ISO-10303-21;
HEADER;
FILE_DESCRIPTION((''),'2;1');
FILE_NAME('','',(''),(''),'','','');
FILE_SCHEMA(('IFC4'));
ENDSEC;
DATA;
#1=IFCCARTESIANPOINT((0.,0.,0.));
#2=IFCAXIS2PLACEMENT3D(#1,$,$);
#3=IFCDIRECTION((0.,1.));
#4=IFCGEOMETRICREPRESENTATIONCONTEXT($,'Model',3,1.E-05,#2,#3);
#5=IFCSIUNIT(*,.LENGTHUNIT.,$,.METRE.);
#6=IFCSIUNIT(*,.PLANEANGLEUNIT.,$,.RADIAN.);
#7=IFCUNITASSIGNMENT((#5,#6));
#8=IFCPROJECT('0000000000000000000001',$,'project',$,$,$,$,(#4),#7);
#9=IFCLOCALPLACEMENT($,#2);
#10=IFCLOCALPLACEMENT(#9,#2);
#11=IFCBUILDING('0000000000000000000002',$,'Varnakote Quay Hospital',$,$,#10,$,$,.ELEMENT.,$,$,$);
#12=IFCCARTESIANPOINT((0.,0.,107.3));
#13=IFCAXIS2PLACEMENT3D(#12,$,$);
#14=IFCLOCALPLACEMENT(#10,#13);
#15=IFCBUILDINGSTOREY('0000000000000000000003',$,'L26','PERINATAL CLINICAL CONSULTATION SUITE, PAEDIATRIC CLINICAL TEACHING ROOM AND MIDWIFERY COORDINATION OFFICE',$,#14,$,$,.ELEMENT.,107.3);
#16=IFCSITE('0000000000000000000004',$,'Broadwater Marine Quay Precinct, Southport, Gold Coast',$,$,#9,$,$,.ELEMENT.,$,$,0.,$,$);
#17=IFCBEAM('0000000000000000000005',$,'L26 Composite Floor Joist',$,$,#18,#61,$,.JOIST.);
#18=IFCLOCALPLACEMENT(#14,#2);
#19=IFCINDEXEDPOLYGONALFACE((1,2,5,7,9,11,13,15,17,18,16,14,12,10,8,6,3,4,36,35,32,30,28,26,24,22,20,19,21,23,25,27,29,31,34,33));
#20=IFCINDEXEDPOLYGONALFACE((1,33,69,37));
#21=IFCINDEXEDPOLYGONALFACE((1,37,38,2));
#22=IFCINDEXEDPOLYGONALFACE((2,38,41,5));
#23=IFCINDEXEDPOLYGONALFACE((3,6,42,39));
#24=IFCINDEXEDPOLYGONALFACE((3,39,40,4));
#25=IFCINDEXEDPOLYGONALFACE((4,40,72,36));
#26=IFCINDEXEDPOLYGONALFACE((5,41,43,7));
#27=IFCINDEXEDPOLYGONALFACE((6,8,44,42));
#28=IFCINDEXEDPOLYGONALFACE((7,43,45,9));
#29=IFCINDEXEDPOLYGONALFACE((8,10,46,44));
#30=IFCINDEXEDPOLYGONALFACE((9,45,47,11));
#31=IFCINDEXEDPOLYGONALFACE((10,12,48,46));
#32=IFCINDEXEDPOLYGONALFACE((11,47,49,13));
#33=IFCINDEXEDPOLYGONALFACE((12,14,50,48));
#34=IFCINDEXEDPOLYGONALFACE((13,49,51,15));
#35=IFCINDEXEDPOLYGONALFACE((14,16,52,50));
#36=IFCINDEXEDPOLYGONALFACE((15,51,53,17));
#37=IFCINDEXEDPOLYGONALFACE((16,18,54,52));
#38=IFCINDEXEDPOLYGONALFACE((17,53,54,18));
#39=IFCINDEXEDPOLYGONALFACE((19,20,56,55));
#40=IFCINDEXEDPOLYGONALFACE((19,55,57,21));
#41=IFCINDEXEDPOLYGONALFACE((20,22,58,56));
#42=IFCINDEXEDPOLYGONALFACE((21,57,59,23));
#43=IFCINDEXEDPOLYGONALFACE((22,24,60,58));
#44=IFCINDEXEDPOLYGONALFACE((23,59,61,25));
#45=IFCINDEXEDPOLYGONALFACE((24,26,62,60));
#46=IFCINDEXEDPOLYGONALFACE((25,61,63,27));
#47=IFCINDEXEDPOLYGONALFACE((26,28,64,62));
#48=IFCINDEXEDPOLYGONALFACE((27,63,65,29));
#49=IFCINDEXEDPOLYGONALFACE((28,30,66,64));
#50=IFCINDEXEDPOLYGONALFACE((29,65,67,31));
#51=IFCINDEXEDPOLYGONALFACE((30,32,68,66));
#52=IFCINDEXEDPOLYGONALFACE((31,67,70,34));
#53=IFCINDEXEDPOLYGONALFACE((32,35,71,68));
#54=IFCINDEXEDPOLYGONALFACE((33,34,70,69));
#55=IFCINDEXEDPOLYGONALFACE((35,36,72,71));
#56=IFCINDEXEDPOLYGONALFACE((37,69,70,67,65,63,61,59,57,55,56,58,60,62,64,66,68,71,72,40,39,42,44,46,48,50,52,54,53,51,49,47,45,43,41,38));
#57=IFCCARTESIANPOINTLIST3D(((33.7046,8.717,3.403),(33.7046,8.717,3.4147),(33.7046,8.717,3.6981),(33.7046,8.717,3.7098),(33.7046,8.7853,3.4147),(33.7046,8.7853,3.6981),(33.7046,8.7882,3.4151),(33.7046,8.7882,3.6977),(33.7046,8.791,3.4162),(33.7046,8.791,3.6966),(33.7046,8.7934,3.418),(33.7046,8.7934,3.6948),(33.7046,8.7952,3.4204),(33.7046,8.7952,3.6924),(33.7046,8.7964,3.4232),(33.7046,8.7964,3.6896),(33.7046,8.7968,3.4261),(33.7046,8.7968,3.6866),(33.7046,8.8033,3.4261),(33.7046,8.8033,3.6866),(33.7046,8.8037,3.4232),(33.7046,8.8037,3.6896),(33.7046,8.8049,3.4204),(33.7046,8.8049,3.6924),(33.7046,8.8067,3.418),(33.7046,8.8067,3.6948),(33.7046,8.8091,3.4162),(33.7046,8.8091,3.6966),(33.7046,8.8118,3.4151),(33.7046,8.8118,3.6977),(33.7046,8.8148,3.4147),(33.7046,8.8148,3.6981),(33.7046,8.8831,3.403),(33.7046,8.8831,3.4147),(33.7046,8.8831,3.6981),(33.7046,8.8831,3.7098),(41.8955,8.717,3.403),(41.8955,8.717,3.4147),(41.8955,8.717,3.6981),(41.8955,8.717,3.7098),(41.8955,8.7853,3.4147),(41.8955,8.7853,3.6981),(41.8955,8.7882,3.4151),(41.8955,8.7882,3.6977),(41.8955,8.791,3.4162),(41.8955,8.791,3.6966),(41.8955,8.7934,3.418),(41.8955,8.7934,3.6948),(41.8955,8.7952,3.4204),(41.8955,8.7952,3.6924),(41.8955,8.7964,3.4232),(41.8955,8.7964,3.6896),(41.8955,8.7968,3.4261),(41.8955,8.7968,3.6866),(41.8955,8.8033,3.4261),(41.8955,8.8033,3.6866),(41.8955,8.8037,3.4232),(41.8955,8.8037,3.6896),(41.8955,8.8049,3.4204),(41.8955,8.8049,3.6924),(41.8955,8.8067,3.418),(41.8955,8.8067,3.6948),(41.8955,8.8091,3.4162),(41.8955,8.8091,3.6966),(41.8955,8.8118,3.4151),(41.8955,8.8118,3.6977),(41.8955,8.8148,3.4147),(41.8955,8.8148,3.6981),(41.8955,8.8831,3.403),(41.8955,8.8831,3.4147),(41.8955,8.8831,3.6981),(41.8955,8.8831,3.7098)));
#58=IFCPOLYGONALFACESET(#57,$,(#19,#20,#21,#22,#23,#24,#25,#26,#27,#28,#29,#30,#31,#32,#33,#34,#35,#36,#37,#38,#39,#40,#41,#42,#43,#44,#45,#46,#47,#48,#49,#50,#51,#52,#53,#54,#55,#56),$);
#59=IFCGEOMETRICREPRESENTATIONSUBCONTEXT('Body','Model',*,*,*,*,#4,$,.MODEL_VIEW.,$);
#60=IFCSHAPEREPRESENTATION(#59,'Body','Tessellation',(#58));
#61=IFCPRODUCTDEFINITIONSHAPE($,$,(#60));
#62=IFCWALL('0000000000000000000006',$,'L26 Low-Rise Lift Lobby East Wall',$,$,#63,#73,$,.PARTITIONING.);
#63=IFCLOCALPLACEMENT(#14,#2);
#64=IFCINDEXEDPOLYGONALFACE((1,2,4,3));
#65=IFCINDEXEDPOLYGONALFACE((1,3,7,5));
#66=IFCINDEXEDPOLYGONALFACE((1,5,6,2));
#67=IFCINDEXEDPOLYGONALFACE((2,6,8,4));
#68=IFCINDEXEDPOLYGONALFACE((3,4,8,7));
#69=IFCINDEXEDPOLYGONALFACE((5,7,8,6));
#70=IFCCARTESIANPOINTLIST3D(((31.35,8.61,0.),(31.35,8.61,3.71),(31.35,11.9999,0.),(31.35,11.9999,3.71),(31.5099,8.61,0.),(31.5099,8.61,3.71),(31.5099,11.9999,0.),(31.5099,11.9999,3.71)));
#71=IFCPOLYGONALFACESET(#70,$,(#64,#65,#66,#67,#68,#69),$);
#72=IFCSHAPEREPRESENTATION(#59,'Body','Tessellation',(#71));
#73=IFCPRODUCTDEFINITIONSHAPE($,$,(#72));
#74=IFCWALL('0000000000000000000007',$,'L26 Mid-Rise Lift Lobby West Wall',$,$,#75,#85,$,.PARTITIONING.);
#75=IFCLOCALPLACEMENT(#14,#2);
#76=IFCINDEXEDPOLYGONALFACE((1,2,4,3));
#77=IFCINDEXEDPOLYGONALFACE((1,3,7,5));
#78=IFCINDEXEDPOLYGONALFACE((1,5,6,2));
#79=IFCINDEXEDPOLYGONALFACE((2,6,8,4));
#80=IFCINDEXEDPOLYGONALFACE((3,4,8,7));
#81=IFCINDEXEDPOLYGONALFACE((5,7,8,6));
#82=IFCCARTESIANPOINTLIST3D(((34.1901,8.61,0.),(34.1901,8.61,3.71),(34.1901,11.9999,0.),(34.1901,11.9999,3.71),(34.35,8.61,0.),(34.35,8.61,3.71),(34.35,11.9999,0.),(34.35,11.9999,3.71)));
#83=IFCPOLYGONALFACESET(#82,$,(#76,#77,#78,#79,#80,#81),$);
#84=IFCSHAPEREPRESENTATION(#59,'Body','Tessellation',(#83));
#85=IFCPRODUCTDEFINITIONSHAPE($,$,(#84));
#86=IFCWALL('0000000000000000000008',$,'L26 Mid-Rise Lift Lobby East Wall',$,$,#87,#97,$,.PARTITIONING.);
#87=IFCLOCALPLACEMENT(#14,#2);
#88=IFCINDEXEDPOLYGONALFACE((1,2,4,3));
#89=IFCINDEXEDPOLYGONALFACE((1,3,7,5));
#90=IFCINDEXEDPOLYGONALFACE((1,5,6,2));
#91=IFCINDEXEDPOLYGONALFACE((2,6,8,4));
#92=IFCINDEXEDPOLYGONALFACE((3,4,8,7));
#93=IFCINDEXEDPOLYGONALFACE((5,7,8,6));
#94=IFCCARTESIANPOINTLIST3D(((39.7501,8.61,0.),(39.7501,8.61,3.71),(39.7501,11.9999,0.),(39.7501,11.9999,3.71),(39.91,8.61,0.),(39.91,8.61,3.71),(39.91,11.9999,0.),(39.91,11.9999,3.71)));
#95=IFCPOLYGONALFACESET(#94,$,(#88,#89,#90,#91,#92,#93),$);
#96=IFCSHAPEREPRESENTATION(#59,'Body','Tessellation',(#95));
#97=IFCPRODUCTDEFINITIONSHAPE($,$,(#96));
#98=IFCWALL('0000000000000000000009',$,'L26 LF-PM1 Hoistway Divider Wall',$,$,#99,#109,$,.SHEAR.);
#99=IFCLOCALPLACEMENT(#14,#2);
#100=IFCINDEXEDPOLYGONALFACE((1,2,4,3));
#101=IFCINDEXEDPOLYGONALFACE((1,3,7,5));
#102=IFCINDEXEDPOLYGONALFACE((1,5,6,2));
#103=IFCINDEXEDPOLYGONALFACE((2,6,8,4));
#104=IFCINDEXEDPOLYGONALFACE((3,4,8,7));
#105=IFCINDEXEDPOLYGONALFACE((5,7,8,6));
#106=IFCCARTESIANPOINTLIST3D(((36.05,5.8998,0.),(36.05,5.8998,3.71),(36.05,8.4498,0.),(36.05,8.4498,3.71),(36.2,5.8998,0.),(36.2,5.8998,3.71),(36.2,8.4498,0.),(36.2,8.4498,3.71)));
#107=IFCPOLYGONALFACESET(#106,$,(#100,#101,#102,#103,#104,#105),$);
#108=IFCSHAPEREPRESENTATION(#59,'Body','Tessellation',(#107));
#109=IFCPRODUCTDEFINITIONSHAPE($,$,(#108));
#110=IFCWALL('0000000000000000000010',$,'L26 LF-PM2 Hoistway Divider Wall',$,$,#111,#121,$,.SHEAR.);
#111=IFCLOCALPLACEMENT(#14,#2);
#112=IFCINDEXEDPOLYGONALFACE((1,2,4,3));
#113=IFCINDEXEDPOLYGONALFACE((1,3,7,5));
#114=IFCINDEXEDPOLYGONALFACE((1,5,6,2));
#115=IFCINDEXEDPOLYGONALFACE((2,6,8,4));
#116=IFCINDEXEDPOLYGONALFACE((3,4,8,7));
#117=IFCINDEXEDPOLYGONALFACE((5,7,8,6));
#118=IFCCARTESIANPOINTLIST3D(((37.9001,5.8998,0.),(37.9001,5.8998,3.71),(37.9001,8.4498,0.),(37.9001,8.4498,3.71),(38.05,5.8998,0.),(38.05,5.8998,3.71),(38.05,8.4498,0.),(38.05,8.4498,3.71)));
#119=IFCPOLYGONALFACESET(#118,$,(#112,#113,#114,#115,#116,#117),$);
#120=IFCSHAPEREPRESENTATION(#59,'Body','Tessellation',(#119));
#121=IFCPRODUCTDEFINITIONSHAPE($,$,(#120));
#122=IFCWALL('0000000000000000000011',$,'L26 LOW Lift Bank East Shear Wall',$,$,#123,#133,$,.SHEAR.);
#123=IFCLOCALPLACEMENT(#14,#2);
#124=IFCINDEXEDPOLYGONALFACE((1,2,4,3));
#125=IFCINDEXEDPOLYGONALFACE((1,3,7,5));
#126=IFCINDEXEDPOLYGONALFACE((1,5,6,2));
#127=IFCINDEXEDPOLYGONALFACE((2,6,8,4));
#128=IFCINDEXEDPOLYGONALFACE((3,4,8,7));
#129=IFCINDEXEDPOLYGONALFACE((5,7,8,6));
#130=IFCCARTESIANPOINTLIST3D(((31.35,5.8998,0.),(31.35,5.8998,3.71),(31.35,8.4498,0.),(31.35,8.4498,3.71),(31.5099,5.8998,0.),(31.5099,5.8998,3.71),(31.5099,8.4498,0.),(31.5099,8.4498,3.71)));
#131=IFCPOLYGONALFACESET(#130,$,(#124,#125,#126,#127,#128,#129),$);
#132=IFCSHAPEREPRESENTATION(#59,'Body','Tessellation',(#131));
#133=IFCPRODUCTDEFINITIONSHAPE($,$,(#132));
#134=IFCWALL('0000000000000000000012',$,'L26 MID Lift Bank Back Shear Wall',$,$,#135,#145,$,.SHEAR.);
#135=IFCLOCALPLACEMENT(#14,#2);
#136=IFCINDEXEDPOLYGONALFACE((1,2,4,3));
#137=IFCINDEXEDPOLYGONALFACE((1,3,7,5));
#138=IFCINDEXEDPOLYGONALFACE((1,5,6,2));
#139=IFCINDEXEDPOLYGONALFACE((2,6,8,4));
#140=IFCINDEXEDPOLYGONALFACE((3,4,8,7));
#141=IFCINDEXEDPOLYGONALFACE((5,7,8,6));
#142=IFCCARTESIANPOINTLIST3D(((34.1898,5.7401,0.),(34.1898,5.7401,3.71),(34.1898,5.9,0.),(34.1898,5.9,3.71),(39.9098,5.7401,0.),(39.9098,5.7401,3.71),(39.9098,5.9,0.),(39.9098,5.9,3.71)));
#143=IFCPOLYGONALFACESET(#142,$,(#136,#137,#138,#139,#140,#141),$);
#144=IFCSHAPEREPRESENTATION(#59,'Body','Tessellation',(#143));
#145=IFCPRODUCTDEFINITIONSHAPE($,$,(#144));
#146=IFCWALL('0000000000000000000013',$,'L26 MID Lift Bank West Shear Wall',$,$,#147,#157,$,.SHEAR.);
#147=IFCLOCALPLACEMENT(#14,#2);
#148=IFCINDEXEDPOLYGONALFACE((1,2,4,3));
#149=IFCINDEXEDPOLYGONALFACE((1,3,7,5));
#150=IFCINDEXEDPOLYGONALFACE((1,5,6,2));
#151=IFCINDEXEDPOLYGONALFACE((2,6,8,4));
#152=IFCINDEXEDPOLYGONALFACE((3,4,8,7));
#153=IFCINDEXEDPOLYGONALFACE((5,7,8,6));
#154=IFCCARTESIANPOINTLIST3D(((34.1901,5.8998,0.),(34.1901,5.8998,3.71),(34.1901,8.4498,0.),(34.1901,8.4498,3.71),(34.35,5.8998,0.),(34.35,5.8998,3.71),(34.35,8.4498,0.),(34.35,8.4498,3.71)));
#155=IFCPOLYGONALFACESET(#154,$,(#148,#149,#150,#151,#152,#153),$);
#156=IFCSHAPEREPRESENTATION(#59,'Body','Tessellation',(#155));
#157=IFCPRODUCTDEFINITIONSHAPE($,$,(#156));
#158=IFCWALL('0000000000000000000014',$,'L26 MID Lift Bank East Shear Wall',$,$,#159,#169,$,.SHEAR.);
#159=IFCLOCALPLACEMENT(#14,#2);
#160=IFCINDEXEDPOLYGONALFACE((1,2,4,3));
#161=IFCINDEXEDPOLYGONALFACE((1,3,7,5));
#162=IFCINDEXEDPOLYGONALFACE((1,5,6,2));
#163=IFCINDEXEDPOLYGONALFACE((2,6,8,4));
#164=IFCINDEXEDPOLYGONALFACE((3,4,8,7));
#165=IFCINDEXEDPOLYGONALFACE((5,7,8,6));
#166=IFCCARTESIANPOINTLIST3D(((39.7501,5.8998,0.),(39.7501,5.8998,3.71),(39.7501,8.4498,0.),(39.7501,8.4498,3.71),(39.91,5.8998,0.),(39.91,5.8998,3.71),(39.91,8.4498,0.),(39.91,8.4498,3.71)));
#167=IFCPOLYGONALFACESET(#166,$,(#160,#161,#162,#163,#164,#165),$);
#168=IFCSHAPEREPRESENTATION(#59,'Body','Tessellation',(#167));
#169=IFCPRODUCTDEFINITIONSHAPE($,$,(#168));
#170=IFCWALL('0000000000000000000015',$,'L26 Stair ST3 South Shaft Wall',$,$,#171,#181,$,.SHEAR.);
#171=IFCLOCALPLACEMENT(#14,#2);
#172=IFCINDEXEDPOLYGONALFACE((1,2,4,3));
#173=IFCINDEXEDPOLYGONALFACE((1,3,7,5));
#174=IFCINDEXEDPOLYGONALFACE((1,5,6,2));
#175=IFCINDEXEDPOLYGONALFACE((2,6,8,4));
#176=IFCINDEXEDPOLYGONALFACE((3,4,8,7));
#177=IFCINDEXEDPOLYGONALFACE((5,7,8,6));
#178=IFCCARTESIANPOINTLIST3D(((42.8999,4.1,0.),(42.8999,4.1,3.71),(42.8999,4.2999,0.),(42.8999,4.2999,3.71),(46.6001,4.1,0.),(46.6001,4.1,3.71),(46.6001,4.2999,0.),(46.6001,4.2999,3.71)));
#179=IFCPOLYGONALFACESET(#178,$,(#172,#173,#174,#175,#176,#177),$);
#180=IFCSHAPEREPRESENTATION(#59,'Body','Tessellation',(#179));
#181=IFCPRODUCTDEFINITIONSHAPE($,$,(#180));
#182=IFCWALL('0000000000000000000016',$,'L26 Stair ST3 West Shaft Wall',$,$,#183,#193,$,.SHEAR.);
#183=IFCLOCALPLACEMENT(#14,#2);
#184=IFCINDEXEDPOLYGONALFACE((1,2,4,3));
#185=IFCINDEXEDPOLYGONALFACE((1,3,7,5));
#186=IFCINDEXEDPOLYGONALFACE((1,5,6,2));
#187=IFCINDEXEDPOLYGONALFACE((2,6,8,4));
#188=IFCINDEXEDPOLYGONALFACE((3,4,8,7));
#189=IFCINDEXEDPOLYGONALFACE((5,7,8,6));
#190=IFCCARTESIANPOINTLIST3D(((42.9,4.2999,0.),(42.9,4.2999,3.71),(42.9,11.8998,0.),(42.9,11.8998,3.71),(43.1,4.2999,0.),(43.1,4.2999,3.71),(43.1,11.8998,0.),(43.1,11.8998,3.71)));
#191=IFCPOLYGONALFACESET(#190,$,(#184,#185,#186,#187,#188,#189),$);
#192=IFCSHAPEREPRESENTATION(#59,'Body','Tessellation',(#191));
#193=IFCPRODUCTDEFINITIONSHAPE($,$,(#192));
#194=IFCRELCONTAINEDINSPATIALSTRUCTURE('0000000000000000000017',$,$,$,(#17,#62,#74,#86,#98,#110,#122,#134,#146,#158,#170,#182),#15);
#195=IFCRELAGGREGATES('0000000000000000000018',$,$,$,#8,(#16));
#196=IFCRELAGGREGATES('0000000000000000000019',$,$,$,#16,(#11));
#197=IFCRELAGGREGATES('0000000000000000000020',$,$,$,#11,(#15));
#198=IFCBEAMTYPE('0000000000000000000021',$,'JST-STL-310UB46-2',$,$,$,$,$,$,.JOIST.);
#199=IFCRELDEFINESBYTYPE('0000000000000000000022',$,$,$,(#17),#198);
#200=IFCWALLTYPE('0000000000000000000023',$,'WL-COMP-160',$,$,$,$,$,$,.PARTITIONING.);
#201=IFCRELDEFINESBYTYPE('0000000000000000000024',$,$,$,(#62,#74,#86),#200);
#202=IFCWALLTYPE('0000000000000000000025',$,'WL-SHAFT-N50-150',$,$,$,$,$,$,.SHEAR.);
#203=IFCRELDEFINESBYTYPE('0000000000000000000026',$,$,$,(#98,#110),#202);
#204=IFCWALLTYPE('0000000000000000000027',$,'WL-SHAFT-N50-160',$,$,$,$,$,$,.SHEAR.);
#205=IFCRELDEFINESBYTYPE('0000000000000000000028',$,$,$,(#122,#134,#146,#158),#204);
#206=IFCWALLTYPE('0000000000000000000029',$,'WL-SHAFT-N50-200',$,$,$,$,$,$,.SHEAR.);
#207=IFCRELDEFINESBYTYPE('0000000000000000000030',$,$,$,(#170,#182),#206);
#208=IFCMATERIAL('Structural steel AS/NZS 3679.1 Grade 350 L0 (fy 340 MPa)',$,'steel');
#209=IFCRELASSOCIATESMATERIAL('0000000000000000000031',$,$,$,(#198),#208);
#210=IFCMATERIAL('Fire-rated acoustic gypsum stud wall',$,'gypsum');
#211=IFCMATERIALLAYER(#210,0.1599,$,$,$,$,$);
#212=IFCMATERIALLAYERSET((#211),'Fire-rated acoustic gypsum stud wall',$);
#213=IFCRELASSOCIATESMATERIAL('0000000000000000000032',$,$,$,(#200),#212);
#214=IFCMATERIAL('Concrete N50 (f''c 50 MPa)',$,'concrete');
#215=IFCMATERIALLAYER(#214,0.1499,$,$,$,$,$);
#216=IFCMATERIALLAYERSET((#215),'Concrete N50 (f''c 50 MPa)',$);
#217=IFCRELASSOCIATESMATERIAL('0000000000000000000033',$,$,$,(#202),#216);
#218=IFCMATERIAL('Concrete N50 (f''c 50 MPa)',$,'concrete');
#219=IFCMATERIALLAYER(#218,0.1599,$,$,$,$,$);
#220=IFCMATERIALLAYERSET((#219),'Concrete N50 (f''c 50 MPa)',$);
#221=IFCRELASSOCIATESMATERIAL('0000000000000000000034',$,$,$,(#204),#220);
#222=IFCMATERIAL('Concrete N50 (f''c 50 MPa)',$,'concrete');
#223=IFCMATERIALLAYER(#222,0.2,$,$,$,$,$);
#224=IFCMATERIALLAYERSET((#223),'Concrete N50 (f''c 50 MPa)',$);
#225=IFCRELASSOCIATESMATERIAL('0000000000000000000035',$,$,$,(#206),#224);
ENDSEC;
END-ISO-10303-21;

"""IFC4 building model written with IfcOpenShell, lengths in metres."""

from ifc_helpers import new_model, si_unit, direction, frame, frame_2d, origin, origin_2d, place, context, subcontext, project, spatial, rectangle, i_section, extrude, material, layer, layer_set, material_profile, profile_set, type_object, element, save


model = new_model("IFC4")

# Units and contexts
model_context = context("Model", 3, precision=1e-05, world=origin(), true_north=direction((0.0, 1.0)))
body_context = subcontext(model_context, "Body", "Model", "MODEL_VIEW")
ifc_project = project(units=[si_unit("LENGTHUNIT", "METRE"), si_unit("PLANEANGLEUNIT", "RADIAN")], contexts=[model_context])

# Site, building, storey
site_placement = place(None, origin())
site = spatial("IfcSite", under=ifc_project, at=site_placement, Name="Broadwater Marine Quay Precinct, Southport, Gold Coast", CompositionType="ELEMENT", RefElevation=0.0)
building_placement = place(site_placement, origin())
building = spatial("IfcBuilding", under=site, at=building_placement, Name="Varnakote Quay Hospital", CompositionType="ELEMENT")
storey_placement = place(building_placement, frame((0.0, 0.0, 107.3)))
storey = spatial("IfcBuildingStorey", under=building, at=storey_placement, Name="L26", Description="PERINATAL CLINICAL CONSULTATION SUITE, PAEDIATRIC CLINICAL TEACHING ROOM AND MIDWIFERY COORDINATION OFFICE", CompositionType="ELEMENT", Elevation=107.3)

# Beam
ifc_material_1 = material(Name="Structural steel AS/NZS 3679.1 Grade 350 L0 (fy 340 MPa)", Category="steel")
ifc_material_profile_1 = material_profile(ifc_material_1, i_section(OverallWidth=0.166, OverallDepth=0.3069, WebThickness=0.0066, FlangeThickness=0.0117, FilletRadius=0.0115, at=origin_2d()), Name="310UB46.2")
ifc_profile_set_1 = profile_set([ifc_material_profile_1], Name="Structural steel AS/NZS 3679.1 Grade 350 L0 (fy 340 MPa)")
beam_type_1 = type_object("IfcBeamType", Name="JST-STL-310UB46-2", PredefinedType="JOIST", material=ifc_profile_set_1)
beam_placement = place(storey_placement, frame((33.7046, 8.8, 3.5564), z_axis=(1.0, 0.0, 0.0), x_axis=(0.0, 1.0, 0.0)))
element("IfcBeam", 1, at=beam_placement, inside=storey, type_object=beam_type_1, Name="L26 Composite Floor Joist", PredefinedType="JOIST", context=body_context, shape_type="SweptSolid", body=[
    extrude(i_section(OverallWidth=0.166, OverallDepth=0.3069, WebThickness=0.0066, FlangeThickness=0.0117, FilletRadius=0.0115, at=origin_2d()), origin(), (0.0, 0.0, 1.0), 8.1909),
])

# Walls
ifc_material_2 = material(Name="Fire-rated acoustic gypsum stud wall", Category="gypsum")
ifc_layer_1 = layer(ifc_material_2, 0.1599)
ifc_layer_set_1 = layer_set([ifc_layer_1], Name="Fire-rated acoustic gypsum stud wall")
wall_type_1 = type_object("IfcWallType", Name="WL-COMP-160", PredefinedType="PARTITIONING", material=ifc_layer_set_1)
for number, where, z_axis, x_axis, name in (
    (2, (31.4299, 8.6101, 0.0), (0.0, 0.0, 1.0), (0.0, 1.0, 0.0), "L26 Low-Rise Lift Lobby East Wall"),
    (3, (34.27, 8.6101, 0.0), (0.0, 0.0, 1.0), (0.0, 1.0, 0.0), "L26 Mid-Rise Lift Lobby West Wall"),
    (4, (39.8301, 8.6101, 0.0), (0.0, 0.0, 1.0), (0.0, 1.0, 0.0), "L26 Mid-Rise Lift Lobby East Wall"),
):
    element("IfcWall", number, at=place(storey_placement, frame(where, z_axis=z_axis, x_axis=x_axis)), inside=storey, type_object=wall_type_1, Name=name, PredefinedType="PARTITIONING", context=body_context, shape_type="SweptSolid", body=[
        extrude(rectangle(XDim=3.3899, YDim=0.1599, at=frame_2d((1.6948, 0.0))), origin(), (0.0, 0.0, 1.0), 3.71),
    ])
ifc_material_3 = material(Name="Concrete N50 (f'c 50 MPa)", Category="concrete")
ifc_layer_2 = layer(ifc_material_3, 0.1499)
ifc_layer_set_2 = layer_set([ifc_layer_2], Name="Concrete N50 (f'c 50 MPa)")
wall_type_2 = type_object("IfcWallType", Name="WL-SHAFT-N50-150", PredefinedType="SHEAR", material=ifc_layer_set_2)
for number, where, z_axis, x_axis, name in (
    (5, (36.125, 5.8999, 0.0), (0.0, 0.0, 1.0), (0.0, 1.0, 0.0), "L26 LF-PM1 Hoistway Divider Wall"),
    (6, (37.9751, 5.8999, 0.0), (0.0, 0.0, 1.0), (0.0, 1.0, 0.0), "L26 LF-PM2 Hoistway Divider Wall"),
):
    element("IfcWall", number, at=place(storey_placement, frame(where, z_axis=z_axis, x_axis=x_axis)), inside=storey, type_object=wall_type_2, Name=name, PredefinedType="SHEAR", context=body_context, shape_type="SweptSolid", body=[
        extrude(rectangle(XDim=2.55, YDim=0.1499, at=frame_2d((1.2749, 0.0))), origin(), (0.0, 0.0, 1.0), 3.71),
    ])
ifc_material_4 = material(Name="Concrete N50 (f'c 50 MPa)", Category="concrete")
ifc_layer_3 = layer(ifc_material_4, 0.1599)
ifc_layer_set_3 = layer_set([ifc_layer_3], Name="Concrete N50 (f'c 50 MPa)")
wall_type_3 = type_object("IfcWallType", Name="WL-SHAFT-N50-160", PredefinedType="SHEAR", material=ifc_layer_set_3)
wall_1_placement = place(storey_placement, frame((31.4299, 5.8999, 0.0), z_axis=(0.0, 0.0, 1.0), x_axis=(0.0, 1.0, 0.0)))
element("IfcWall", 7, at=wall_1_placement, inside=storey, type_object=wall_type_3, Name="L26 LOW Lift Bank East Shear Wall", PredefinedType="SHEAR", context=body_context, shape_type="SweptSolid", body=[
    extrude(rectangle(XDim=2.55, YDim=0.1599, at=frame_2d((1.2749, 0.0))), origin(), (0.0, 0.0, 1.0), 3.71),
])
wall_2_placement = place(storey_placement, frame((34.1899, 5.8201, 0.0), z_axis=(0.0, 0.0, 1.0), x_axis=(1.0, 0.0, 0.0)))
element("IfcWall", 8, at=wall_2_placement, inside=storey, type_object=wall_type_3, Name="L26 MID Lift Bank Back Shear Wall", PredefinedType="SHEAR", context=body_context, shape_type="SweptSolid", body=[
    extrude(rectangle(XDim=5.72, YDim=0.1599, at=frame_2d((2.8599, 0.0))), origin(), (0.0, 0.0, 1.0), 3.71),
])
for number, where, z_axis, x_axis, name in (
    (9, (34.27, 5.8999, 0.0), (0.0, 0.0, 1.0), (0.0, 1.0, 0.0), "L26 MID Lift Bank West Shear Wall"),
    (10, (39.8301, 5.8999, 0.0), (0.0, 0.0, 1.0), (0.0, 1.0, 0.0), "L26 MID Lift Bank East Shear Wall"),
):
    element("IfcWall", number, at=place(storey_placement, frame(where, z_axis=z_axis, x_axis=x_axis)), inside=storey, type_object=wall_type_3, Name=name, PredefinedType="SHEAR", context=body_context, shape_type="SweptSolid", body=[
        extrude(rectangle(XDim=2.55, YDim=0.1599, at=frame_2d((1.2749, 0.0))), origin(), (0.0, 0.0, 1.0), 3.71),
    ])

# Walls
ifc_material_5 = material(Name="Concrete N50 (f'c 50 MPa)", Category="concrete")
ifc_layer_4 = layer(ifc_material_5, 0.2)
ifc_layer_set_4 = layer_set([ifc_layer_4], Name="Concrete N50 (f'c 50 MPa)")
wall_type_4 = type_object("IfcWallType", Name="WL-SHAFT-N50-200", PredefinedType="SHEAR", material=ifc_layer_set_4)
wall_3_placement = place(storey_placement, frame((42.8999, 4.2, 0.0), z_axis=(0.0, 0.0, 1.0), x_axis=(1.0, 0.0, 0.0)))
element("IfcWall", 11, at=wall_3_placement, inside=storey, type_object=wall_type_4, Name="L26 Stair ST3 South Shaft Wall", PredefinedType="SHEAR", context=body_context, shape_type="SweptSolid", body=[
    extrude(rectangle(XDim=3.7002, YDim=0.2, at=frame_2d((1.8501, 0.0))), origin(), (0.0, 0.0, 1.0), 3.71),
])
wall_4_placement = place(storey_placement, frame((43.0, 4.3, 0.0), z_axis=(0.0, 0.0, 1.0), x_axis=(0.0, 1.0, 0.0)))
element("IfcWall", 12, at=wall_4_placement, inside=storey, type_object=wall_type_4, Name="L26 Stair ST3 West Shaft Wall", PredefinedType="SHEAR", context=body_context, shape_type="SweptSolid", body=[
    extrude(rectangle(XDim=7.5999, YDim=0.2, at=frame_2d((3.7998, 0.0))), origin(), (0.0, 0.0, 1.0), 3.71),
])

save(model, "model.ifc")
